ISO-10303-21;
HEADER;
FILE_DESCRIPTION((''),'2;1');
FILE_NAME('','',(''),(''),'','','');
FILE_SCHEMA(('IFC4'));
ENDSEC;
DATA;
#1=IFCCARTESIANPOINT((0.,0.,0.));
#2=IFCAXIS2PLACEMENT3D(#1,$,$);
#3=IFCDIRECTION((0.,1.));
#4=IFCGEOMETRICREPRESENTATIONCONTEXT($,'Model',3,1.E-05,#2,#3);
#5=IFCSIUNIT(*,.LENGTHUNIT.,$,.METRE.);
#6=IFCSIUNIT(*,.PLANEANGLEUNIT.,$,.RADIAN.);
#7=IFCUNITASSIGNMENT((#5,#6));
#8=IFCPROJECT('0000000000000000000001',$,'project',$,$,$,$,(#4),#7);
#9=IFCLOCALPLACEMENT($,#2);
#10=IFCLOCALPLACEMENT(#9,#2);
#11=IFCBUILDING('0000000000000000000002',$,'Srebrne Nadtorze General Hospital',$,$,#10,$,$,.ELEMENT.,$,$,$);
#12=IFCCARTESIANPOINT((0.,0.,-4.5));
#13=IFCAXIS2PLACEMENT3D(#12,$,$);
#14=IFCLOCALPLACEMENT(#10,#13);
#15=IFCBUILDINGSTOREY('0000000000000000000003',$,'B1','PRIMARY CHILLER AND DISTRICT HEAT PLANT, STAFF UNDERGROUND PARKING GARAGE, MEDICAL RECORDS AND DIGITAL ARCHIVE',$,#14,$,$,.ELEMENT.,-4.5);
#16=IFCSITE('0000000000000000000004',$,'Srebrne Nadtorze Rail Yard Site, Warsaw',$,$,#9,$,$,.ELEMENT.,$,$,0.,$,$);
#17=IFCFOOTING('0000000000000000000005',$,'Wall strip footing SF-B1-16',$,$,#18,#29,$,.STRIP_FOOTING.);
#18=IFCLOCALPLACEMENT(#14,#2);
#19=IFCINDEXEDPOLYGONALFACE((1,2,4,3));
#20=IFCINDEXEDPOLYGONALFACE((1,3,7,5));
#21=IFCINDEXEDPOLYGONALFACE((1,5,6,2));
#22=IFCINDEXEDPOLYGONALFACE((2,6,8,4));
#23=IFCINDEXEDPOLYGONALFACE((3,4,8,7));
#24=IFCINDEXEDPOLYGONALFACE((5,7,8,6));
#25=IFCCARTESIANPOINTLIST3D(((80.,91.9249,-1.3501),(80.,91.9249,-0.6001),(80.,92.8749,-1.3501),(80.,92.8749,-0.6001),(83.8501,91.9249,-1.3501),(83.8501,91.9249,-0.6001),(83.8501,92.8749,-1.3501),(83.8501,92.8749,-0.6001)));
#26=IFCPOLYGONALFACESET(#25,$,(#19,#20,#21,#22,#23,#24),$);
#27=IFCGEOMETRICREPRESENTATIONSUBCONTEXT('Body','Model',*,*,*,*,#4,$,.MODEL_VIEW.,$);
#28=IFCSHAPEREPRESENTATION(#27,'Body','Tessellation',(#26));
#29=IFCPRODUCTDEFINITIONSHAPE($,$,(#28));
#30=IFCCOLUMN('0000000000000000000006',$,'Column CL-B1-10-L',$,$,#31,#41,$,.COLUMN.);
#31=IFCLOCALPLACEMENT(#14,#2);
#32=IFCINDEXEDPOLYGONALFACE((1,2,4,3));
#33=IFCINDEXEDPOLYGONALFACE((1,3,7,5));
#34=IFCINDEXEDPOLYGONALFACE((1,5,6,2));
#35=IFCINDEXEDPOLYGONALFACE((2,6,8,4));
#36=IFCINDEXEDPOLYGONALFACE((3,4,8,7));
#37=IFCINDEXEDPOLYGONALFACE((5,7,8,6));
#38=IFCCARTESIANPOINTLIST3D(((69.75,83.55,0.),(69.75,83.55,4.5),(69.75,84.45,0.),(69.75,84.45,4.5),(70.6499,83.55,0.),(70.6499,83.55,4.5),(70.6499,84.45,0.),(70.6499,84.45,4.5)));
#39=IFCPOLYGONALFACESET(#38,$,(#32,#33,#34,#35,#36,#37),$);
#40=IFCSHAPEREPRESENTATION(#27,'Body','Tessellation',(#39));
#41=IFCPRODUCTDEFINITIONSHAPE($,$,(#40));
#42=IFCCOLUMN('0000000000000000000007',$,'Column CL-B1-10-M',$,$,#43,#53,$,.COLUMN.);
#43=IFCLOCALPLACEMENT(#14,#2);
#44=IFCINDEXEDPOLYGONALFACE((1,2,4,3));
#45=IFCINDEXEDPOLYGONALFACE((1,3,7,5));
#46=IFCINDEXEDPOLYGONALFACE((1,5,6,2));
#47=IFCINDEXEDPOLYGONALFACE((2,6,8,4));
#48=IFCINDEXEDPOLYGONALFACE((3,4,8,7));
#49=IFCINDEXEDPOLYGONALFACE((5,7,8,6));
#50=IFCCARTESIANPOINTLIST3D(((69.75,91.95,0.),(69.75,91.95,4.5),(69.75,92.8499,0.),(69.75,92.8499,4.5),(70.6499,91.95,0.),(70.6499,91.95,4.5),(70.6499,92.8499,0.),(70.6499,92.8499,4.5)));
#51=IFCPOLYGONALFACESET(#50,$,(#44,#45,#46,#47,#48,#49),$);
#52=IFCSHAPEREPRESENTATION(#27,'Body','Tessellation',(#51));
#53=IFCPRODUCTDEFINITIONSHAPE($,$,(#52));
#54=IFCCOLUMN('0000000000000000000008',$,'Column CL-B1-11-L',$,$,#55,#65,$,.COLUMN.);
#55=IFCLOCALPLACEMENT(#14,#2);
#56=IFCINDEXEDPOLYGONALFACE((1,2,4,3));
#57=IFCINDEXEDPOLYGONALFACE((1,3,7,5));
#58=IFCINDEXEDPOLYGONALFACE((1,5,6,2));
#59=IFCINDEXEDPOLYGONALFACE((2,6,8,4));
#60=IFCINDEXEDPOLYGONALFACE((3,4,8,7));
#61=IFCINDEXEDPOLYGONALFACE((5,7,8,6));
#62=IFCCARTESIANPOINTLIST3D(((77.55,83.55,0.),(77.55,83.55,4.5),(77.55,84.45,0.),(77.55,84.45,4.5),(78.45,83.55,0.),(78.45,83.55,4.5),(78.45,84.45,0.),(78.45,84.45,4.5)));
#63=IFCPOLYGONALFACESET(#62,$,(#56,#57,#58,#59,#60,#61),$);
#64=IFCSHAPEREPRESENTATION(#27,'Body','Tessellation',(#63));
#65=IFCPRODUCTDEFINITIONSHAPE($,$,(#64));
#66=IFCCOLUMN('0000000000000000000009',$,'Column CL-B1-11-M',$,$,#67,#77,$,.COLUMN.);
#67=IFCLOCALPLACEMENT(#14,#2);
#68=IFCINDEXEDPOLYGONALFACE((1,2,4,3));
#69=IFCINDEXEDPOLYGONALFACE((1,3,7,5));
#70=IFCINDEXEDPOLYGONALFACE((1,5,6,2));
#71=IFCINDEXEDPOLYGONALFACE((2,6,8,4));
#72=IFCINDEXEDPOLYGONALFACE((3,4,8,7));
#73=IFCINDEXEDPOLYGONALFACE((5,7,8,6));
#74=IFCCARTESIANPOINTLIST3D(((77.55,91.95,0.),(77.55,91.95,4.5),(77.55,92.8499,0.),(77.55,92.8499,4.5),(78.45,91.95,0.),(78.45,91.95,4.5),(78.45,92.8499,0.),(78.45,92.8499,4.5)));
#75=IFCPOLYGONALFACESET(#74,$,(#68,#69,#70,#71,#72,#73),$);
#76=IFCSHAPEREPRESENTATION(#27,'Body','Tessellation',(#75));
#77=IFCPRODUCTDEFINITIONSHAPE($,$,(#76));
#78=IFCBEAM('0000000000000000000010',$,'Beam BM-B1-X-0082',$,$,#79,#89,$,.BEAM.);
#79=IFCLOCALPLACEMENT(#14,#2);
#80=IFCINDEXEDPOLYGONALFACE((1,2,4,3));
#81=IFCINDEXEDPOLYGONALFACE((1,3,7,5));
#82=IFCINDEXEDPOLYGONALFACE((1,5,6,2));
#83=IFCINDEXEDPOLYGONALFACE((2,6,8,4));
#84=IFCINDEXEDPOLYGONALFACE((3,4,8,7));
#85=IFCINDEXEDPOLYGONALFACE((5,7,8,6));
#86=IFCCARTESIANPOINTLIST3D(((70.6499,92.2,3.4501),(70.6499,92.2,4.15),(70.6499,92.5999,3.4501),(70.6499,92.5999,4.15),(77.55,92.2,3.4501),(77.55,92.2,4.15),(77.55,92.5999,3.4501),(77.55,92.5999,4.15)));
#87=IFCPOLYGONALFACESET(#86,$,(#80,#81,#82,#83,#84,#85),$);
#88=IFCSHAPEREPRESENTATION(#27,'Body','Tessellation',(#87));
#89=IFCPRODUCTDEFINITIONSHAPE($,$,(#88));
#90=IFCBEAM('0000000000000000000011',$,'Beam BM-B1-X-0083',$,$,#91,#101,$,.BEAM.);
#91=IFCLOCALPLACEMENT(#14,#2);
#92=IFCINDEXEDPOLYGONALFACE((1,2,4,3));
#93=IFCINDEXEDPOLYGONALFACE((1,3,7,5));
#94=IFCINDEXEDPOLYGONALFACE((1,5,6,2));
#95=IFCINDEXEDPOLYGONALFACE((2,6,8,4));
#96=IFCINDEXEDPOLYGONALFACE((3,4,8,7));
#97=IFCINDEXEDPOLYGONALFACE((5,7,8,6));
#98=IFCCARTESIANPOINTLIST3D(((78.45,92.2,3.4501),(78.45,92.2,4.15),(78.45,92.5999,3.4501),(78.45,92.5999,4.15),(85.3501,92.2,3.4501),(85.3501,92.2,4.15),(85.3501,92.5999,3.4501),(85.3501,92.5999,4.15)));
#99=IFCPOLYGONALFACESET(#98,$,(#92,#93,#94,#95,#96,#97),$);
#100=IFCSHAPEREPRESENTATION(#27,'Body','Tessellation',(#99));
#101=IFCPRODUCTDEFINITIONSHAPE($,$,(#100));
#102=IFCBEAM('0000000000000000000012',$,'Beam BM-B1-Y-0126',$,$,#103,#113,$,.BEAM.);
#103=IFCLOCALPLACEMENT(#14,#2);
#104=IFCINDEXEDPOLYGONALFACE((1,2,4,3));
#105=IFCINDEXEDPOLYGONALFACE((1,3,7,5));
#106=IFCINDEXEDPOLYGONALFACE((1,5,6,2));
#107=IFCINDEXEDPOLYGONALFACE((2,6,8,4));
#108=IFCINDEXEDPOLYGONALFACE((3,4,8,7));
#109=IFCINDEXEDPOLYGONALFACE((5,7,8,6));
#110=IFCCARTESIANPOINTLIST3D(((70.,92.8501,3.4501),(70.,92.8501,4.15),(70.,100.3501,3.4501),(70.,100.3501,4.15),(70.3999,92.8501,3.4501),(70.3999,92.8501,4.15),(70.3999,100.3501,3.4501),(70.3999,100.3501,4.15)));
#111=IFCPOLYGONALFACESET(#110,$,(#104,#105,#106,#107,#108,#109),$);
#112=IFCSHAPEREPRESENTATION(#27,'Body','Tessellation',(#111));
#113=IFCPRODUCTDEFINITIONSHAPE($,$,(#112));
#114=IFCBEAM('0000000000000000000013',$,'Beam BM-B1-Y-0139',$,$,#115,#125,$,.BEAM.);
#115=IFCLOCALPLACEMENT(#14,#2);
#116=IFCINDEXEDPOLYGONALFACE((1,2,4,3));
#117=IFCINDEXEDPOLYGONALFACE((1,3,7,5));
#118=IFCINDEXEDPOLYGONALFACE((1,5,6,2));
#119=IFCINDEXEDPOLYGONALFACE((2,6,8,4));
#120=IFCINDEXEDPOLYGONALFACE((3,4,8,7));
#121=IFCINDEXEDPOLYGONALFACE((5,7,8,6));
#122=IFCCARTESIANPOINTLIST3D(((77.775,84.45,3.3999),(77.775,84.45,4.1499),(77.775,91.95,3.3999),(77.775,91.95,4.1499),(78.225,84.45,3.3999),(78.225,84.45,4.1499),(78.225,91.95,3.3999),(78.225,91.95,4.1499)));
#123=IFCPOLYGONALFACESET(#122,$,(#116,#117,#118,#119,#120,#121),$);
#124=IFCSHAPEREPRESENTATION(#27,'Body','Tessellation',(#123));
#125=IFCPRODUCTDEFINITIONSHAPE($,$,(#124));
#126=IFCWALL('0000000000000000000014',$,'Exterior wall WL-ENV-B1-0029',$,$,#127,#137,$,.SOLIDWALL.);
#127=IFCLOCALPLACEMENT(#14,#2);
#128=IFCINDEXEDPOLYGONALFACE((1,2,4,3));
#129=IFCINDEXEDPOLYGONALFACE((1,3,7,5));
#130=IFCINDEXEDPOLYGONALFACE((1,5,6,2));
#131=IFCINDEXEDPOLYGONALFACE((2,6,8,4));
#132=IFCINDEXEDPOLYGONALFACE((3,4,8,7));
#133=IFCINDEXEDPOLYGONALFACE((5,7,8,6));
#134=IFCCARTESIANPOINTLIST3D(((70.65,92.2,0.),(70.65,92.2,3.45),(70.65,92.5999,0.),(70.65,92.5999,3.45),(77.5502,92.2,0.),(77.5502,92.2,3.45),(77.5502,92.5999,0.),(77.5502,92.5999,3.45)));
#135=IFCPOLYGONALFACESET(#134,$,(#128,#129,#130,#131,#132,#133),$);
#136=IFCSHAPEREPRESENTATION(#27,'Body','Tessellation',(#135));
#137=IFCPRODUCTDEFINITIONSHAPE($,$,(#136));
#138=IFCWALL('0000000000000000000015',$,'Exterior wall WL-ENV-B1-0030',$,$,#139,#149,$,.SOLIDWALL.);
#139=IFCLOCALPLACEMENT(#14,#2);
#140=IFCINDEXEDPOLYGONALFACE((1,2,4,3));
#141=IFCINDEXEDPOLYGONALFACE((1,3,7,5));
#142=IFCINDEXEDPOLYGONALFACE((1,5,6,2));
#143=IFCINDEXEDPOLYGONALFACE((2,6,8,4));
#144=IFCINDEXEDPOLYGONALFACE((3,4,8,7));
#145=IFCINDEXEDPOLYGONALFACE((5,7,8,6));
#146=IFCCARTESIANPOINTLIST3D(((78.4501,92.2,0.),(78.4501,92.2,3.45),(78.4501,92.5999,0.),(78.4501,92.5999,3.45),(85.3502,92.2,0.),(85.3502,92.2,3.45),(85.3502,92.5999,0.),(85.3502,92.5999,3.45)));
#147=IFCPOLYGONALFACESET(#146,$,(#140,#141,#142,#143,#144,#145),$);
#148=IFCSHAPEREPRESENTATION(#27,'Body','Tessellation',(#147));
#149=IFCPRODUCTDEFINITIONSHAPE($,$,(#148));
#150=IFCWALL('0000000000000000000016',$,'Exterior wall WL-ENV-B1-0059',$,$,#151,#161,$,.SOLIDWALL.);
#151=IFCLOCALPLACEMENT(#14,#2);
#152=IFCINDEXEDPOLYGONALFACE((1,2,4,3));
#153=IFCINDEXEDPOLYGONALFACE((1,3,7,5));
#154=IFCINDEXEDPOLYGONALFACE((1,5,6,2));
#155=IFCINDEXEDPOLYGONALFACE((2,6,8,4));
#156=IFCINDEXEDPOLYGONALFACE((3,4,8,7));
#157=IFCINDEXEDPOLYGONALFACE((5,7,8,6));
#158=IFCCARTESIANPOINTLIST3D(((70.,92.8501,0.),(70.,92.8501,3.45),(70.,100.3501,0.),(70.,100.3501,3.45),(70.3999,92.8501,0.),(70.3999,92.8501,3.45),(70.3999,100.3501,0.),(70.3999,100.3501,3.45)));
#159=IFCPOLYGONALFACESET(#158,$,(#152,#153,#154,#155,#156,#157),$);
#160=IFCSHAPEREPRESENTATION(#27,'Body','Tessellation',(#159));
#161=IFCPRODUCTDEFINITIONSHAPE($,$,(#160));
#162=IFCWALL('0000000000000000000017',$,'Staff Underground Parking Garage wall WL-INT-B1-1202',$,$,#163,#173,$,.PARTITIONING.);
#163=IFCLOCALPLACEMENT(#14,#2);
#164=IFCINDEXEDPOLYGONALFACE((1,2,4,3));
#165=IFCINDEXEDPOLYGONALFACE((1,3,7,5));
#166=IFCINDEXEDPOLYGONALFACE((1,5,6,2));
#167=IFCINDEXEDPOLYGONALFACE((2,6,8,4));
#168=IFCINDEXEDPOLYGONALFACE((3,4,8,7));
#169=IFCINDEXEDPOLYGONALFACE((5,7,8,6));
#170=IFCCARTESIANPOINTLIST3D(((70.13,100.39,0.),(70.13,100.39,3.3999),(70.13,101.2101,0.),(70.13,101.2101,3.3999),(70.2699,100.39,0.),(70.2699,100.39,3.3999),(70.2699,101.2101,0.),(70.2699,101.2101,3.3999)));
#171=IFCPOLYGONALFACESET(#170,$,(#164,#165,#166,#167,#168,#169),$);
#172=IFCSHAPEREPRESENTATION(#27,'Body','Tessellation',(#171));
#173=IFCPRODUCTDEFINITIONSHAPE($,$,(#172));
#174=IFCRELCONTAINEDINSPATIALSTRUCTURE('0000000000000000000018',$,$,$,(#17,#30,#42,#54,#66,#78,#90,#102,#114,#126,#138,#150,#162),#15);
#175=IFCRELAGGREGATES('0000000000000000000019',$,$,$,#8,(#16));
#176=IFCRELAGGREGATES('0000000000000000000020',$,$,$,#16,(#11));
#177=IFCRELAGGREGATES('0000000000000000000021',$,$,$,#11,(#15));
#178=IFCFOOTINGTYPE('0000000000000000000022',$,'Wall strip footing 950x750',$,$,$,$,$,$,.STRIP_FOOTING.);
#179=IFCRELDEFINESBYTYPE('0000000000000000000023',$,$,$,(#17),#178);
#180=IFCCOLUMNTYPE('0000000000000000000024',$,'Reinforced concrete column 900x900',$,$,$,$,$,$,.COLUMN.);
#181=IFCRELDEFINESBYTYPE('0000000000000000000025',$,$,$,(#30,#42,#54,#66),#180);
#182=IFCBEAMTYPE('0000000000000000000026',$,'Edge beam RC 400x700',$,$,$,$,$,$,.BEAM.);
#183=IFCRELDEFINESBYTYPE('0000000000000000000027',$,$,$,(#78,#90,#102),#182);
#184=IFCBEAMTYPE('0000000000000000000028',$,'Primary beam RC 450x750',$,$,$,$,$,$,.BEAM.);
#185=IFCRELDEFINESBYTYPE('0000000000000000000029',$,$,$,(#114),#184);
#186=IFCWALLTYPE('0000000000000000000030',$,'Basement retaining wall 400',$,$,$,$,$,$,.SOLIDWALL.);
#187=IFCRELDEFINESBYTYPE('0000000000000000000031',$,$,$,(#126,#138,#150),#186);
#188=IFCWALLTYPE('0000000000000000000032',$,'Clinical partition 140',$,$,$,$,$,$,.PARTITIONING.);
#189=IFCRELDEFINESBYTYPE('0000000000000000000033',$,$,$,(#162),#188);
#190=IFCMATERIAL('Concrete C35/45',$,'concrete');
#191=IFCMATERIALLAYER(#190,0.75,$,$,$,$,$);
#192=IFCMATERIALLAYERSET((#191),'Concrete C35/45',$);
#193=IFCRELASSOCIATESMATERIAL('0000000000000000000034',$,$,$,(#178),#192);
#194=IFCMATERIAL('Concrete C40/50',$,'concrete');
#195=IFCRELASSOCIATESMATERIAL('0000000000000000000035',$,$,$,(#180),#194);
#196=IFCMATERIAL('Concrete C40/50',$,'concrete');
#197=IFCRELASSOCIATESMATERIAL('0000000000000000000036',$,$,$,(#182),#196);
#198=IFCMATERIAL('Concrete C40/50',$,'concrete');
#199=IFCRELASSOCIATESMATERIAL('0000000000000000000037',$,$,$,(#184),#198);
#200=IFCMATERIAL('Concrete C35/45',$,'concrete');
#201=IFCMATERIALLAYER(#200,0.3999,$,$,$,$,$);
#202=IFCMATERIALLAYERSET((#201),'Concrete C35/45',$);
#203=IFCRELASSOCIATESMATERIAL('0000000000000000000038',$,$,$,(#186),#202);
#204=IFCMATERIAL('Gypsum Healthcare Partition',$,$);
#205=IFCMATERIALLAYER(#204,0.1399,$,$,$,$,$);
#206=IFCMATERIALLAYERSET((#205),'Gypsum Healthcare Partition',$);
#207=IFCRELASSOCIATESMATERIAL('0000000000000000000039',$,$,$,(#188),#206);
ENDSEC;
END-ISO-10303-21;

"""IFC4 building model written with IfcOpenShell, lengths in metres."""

from ifc_helpers import new_model, si_unit, direction, frame, frame_2d, origin, origin_2d, place, context, subcontext, project, spatial, rectangle, extrude, material, layer, layer_set, material_profile, profile_set, type_object, element, save


model = new_model("IFC4")

# Units and contexts
model_context = context("Model", 3, precision=1e-05, world=origin(), true_north=direction((0.0, 1.0)))
body_context = subcontext(model_context, "Body", "Model", "MODEL_VIEW")
ifc_project = project(units=[si_unit("LENGTHUNIT", "METRE"), si_unit("PLANEANGLEUNIT", "RADIAN")], contexts=[model_context])

# Site, building, storey
site_placement = place(None, origin())
site = spatial("IfcSite", under=ifc_project, at=site_placement, Name="Srebrne Nadtorze Rail Yard Site, Warsaw", CompositionType="ELEMENT", RefElevation=0.0)
building_placement = place(site_placement, origin())
building = spatial("IfcBuilding", under=site, at=building_placement, Name="Srebrne Nadtorze General Hospital", CompositionType="ELEMENT")
storey_placement = place(building_placement, frame((0.0, 0.0, -4.5)))
storey = spatial("IfcBuildingStorey", under=building, at=storey_placement, Name="B1", Description="PRIMARY CHILLER AND DISTRICT HEAT PLANT, STAFF UNDERGROUND PARKING GARAGE, MEDICAL RECORDS AND DIGITAL ARCHIVE", CompositionType="ELEMENT", Elevation=-4.5)

# Footing
ifc_material_1 = material(Name="Concrete C35/45", Category="concrete")
ifc_layer_1 = layer(ifc_material_1, 0.75)
ifc_layer_set_1 = layer_set([ifc_layer_1], Name="Concrete C35/45")
footing_type_1 = type_object("IfcFootingType", Name="Wall strip footing 950x750", PredefinedType="STRIP_FOOTING", material=ifc_layer_set_1)
footing_1_placement = place(storey_placement, frame((81.925, 92.3999, -1.3501), z_axis=(0.0, 0.0, 1.0), x_axis=(1.0, 0.0, 0.0)))
element("IfcFooting", 1, at=footing_1_placement, inside=storey, type_object=footing_type_1, Name="Wall strip footing SF-B1-16", PredefinedType="STRIP_FOOTING", context=body_context, shape_type="SweptSolid", body=[
    extrude(rectangle(XDim=3.8501, YDim=0.95, at=origin_2d()), origin(), (0.0, 0.0, 1.0), 0.75),
])

# Columns
ifc_material_2 = material(Name="Concrete C40/50", Category="concrete")
ifc_material_profile_1 = material_profile(ifc_material_2, rectangle(XDim=0.8999, YDim=0.8999, at=origin_2d()), Name="RC-COL-900x900")
ifc_profile_set_1 = profile_set([ifc_material_profile_1], Name="Concrete C40/50")
column_type = type_object("IfcColumnType", Name="Reinforced concrete column 900x900", PredefinedType="COLUMN", material=ifc_profile_set_1)
for number, where, z_axis, x_axis, name in (
    (2, (70.2, 84.0, 0.0), (0.0, 0.0, 1.0), (1.0, 0.0, 0.0), "Column CL-B1-10-L"),
    (3, (70.2, 92.3999, 0.0), (0.0, 0.0, 1.0), (1.0, 0.0, 0.0), "Column CL-B1-10-M"),
    (4, (78.0, 84.0, 0.0), (0.0, 0.0, 1.0), (1.0, 0.0, 0.0), "Column CL-B1-11-L"),
    (5, (78.0, 92.3999, 0.0), (0.0, 0.0, 1.0), (1.0, 0.0, 0.0), "Column CL-B1-11-M"),
):
    element("IfcColumn", number, at=place(storey_placement, frame(where, z_axis=z_axis, x_axis=x_axis)), inside=storey, type_object=column_type, Name=name, PredefinedType="COLUMN", context=body_context, shape_type="SweptSolid", body=[
        extrude(rectangle(XDim=0.8999, YDim=0.8999, at=origin_2d()), origin(), (0.0, 0.0, 1.0), 4.5),
    ])

# Beams
ifc_material_3 = material(Name="Concrete C40/50", Category="concrete")
ifc_material_profile_2 = material_profile(ifc_material_3, rectangle(XDim=0.3999, YDim=0.7, at=origin_2d()), Name="RC-BM-400x700")
ifc_profile_set_2 = profile_set([ifc_material_profile_2], Name="Concrete C40/50")
beam_type_1 = type_object("IfcBeamType", Name="Edge beam RC 400x700", PredefinedType="BEAM", material=ifc_profile_set_2)
for number, where, z_axis, x_axis, name in (
    (6, (70.6499, 92.3999, 3.8), (1.0, 0.0, 0.0), (0.0, 1.0, 0.0), "Beam BM-B1-X-0082"),
    (7, (78.45, 92.3999, 3.8), (1.0, 0.0, 0.0), (0.0, 1.0, 0.0), "Beam BM-B1-X-0083"),
):
    element("IfcBeam", number, at=place(storey_placement, frame(where, z_axis=z_axis, x_axis=x_axis)), inside=storey, type_object=beam_type_1, Name=name, PredefinedType="BEAM", context=body_context, shape_type="SweptSolid", body=[
        extrude(rectangle(XDim=0.3999, YDim=0.7, at=origin_2d()), origin(), (0.0, 0.0, 1.0), 6.9001),
    ])
beam_1_placement = place(storey_placement, frame((70.2, 92.8501, 3.8), z_axis=(0.0, 1.0, 0.0), x_axis=(-1.0, 0.0, 0.0)))
element("IfcBeam", 8, at=beam_1_placement, inside=storey, type_object=beam_type_1, Name="Beam BM-B1-Y-0126", PredefinedType="BEAM", context=body_context, shape_type="SweptSolid", body=[
    extrude(rectangle(XDim=0.3999, YDim=0.7, at=origin_2d()), origin(), (0.0, 0.0, 1.0), 7.5),
])
ifc_material_4 = material(Name="Concrete C40/50", Category="concrete")
ifc_material_profile_3 = material_profile(ifc_material_4, rectangle(XDim=0.45, YDim=0.75, at=origin_2d()), Name="RC-BM-450x750")
ifc_profile_set_3 = profile_set([ifc_material_profile_3], Name="Concrete C40/50")
beam_type_2 = type_object("IfcBeamType", Name="Primary beam RC 450x750", PredefinedType="BEAM", material=ifc_profile_set_3)
beam_2_placement = place(storey_placement, frame((78.0, 84.45, 3.7749), z_axis=(0.0, 1.0, 0.0), x_axis=(-1.0, 0.0, 0.0)))
element("IfcBeam", 9, at=beam_2_placement, inside=storey, type_object=beam_type_2, Name="Beam BM-B1-Y-0139", PredefinedType="BEAM", context=body_context, shape_type="SweptSolid", body=[
    extrude(rectangle(XDim=0.45, YDim=0.75, at=origin_2d()), origin(), (0.0, 0.0, 1.0), 7.5),
])

# Walls
ifc_material_5 = material(Name="Concrete C35/45", Category="concrete")
ifc_layer_2 = layer(ifc_material_5, 0.3999)
ifc_layer_set_2 = layer_set([ifc_layer_2], Name="Concrete C35/45")
wall_type_1 = type_object("IfcWallType", Name="Basement retaining wall 400", PredefinedType="SOLIDWALL", material=ifc_layer_set_2)
for number, where, z_axis, x_axis, name in (
    (10, (70.6499, 92.3999, 0.0), (0.0, 0.0, 1.0), (1.0, 0.0, 0.0), "Exterior wall WL-ENV-B1-0029"),
    (11, (78.45, 92.3999, 0.0), (0.0, 0.0, 1.0), (1.0, 0.0, 0.0), "Exterior wall WL-ENV-B1-0030"),
):
    element("IfcWall", number, at=place(storey_placement, frame(where, z_axis=z_axis, x_axis=x_axis)), inside=storey, type_object=wall_type_1, Name=name, PredefinedType="SOLIDWALL", context=body_context, shape_type="SweptSolid", body=[
        extrude(rectangle(XDim=6.9001, YDim=0.3999, at=frame_2d((3.4502, 0.0))), origin(), (0.0, 0.0, 1.0), 3.45),
    ])
wall_1_placement = place(storey_placement, frame((70.2, 92.8501, 0.0), z_axis=(0.0, 0.0, 1.0), x_axis=(0.0, 1.0, 0.0)))
element("IfcWall", 12, at=wall_1_placement, inside=storey, type_object=wall_type_1, Name="Exterior wall WL-ENV-B1-0059", PredefinedType="SOLIDWALL", context=body_context, shape_type="SweptSolid", body=[
    extrude(rectangle(XDim=7.5, YDim=0.3999, at=frame_2d((3.75, 0.0))), origin(), (0.0, 0.0, 1.0), 3.45),
])
ifc_material_6 = material(Name="Gypsum Healthcare Partition")
ifc_layer_3 = layer(ifc_material_6, 0.1399)
ifc_layer_set_3 = layer_set([ifc_layer_3], Name="Gypsum Healthcare Partition")
wall_type_2 = type_object("IfcWallType", Name="Clinical partition 140", PredefinedType="PARTITIONING", material=ifc_layer_set_3)
wall_2_placement = place(storey_placement, frame((70.2, 100.3899, 0.0), z_axis=(0.0, 0.0, 1.0), x_axis=(0.0, 1.0, 0.0)))
element("IfcWall", 13, at=wall_2_placement, inside=storey, type_object=wall_type_2, Name="Staff Underground Parking Garage wall WL-INT-B1-1202", PredefinedType="PARTITIONING", context=body_context, shape_type="SweptSolid", body=[
    extrude(rectangle(XDim=0.8201, YDim=0.1399, at=frame_2d((0.4102, 0.0))), origin(), (0.0, 0.0, 1.0), 3.3999),
])

save(model, "model.ifc")
